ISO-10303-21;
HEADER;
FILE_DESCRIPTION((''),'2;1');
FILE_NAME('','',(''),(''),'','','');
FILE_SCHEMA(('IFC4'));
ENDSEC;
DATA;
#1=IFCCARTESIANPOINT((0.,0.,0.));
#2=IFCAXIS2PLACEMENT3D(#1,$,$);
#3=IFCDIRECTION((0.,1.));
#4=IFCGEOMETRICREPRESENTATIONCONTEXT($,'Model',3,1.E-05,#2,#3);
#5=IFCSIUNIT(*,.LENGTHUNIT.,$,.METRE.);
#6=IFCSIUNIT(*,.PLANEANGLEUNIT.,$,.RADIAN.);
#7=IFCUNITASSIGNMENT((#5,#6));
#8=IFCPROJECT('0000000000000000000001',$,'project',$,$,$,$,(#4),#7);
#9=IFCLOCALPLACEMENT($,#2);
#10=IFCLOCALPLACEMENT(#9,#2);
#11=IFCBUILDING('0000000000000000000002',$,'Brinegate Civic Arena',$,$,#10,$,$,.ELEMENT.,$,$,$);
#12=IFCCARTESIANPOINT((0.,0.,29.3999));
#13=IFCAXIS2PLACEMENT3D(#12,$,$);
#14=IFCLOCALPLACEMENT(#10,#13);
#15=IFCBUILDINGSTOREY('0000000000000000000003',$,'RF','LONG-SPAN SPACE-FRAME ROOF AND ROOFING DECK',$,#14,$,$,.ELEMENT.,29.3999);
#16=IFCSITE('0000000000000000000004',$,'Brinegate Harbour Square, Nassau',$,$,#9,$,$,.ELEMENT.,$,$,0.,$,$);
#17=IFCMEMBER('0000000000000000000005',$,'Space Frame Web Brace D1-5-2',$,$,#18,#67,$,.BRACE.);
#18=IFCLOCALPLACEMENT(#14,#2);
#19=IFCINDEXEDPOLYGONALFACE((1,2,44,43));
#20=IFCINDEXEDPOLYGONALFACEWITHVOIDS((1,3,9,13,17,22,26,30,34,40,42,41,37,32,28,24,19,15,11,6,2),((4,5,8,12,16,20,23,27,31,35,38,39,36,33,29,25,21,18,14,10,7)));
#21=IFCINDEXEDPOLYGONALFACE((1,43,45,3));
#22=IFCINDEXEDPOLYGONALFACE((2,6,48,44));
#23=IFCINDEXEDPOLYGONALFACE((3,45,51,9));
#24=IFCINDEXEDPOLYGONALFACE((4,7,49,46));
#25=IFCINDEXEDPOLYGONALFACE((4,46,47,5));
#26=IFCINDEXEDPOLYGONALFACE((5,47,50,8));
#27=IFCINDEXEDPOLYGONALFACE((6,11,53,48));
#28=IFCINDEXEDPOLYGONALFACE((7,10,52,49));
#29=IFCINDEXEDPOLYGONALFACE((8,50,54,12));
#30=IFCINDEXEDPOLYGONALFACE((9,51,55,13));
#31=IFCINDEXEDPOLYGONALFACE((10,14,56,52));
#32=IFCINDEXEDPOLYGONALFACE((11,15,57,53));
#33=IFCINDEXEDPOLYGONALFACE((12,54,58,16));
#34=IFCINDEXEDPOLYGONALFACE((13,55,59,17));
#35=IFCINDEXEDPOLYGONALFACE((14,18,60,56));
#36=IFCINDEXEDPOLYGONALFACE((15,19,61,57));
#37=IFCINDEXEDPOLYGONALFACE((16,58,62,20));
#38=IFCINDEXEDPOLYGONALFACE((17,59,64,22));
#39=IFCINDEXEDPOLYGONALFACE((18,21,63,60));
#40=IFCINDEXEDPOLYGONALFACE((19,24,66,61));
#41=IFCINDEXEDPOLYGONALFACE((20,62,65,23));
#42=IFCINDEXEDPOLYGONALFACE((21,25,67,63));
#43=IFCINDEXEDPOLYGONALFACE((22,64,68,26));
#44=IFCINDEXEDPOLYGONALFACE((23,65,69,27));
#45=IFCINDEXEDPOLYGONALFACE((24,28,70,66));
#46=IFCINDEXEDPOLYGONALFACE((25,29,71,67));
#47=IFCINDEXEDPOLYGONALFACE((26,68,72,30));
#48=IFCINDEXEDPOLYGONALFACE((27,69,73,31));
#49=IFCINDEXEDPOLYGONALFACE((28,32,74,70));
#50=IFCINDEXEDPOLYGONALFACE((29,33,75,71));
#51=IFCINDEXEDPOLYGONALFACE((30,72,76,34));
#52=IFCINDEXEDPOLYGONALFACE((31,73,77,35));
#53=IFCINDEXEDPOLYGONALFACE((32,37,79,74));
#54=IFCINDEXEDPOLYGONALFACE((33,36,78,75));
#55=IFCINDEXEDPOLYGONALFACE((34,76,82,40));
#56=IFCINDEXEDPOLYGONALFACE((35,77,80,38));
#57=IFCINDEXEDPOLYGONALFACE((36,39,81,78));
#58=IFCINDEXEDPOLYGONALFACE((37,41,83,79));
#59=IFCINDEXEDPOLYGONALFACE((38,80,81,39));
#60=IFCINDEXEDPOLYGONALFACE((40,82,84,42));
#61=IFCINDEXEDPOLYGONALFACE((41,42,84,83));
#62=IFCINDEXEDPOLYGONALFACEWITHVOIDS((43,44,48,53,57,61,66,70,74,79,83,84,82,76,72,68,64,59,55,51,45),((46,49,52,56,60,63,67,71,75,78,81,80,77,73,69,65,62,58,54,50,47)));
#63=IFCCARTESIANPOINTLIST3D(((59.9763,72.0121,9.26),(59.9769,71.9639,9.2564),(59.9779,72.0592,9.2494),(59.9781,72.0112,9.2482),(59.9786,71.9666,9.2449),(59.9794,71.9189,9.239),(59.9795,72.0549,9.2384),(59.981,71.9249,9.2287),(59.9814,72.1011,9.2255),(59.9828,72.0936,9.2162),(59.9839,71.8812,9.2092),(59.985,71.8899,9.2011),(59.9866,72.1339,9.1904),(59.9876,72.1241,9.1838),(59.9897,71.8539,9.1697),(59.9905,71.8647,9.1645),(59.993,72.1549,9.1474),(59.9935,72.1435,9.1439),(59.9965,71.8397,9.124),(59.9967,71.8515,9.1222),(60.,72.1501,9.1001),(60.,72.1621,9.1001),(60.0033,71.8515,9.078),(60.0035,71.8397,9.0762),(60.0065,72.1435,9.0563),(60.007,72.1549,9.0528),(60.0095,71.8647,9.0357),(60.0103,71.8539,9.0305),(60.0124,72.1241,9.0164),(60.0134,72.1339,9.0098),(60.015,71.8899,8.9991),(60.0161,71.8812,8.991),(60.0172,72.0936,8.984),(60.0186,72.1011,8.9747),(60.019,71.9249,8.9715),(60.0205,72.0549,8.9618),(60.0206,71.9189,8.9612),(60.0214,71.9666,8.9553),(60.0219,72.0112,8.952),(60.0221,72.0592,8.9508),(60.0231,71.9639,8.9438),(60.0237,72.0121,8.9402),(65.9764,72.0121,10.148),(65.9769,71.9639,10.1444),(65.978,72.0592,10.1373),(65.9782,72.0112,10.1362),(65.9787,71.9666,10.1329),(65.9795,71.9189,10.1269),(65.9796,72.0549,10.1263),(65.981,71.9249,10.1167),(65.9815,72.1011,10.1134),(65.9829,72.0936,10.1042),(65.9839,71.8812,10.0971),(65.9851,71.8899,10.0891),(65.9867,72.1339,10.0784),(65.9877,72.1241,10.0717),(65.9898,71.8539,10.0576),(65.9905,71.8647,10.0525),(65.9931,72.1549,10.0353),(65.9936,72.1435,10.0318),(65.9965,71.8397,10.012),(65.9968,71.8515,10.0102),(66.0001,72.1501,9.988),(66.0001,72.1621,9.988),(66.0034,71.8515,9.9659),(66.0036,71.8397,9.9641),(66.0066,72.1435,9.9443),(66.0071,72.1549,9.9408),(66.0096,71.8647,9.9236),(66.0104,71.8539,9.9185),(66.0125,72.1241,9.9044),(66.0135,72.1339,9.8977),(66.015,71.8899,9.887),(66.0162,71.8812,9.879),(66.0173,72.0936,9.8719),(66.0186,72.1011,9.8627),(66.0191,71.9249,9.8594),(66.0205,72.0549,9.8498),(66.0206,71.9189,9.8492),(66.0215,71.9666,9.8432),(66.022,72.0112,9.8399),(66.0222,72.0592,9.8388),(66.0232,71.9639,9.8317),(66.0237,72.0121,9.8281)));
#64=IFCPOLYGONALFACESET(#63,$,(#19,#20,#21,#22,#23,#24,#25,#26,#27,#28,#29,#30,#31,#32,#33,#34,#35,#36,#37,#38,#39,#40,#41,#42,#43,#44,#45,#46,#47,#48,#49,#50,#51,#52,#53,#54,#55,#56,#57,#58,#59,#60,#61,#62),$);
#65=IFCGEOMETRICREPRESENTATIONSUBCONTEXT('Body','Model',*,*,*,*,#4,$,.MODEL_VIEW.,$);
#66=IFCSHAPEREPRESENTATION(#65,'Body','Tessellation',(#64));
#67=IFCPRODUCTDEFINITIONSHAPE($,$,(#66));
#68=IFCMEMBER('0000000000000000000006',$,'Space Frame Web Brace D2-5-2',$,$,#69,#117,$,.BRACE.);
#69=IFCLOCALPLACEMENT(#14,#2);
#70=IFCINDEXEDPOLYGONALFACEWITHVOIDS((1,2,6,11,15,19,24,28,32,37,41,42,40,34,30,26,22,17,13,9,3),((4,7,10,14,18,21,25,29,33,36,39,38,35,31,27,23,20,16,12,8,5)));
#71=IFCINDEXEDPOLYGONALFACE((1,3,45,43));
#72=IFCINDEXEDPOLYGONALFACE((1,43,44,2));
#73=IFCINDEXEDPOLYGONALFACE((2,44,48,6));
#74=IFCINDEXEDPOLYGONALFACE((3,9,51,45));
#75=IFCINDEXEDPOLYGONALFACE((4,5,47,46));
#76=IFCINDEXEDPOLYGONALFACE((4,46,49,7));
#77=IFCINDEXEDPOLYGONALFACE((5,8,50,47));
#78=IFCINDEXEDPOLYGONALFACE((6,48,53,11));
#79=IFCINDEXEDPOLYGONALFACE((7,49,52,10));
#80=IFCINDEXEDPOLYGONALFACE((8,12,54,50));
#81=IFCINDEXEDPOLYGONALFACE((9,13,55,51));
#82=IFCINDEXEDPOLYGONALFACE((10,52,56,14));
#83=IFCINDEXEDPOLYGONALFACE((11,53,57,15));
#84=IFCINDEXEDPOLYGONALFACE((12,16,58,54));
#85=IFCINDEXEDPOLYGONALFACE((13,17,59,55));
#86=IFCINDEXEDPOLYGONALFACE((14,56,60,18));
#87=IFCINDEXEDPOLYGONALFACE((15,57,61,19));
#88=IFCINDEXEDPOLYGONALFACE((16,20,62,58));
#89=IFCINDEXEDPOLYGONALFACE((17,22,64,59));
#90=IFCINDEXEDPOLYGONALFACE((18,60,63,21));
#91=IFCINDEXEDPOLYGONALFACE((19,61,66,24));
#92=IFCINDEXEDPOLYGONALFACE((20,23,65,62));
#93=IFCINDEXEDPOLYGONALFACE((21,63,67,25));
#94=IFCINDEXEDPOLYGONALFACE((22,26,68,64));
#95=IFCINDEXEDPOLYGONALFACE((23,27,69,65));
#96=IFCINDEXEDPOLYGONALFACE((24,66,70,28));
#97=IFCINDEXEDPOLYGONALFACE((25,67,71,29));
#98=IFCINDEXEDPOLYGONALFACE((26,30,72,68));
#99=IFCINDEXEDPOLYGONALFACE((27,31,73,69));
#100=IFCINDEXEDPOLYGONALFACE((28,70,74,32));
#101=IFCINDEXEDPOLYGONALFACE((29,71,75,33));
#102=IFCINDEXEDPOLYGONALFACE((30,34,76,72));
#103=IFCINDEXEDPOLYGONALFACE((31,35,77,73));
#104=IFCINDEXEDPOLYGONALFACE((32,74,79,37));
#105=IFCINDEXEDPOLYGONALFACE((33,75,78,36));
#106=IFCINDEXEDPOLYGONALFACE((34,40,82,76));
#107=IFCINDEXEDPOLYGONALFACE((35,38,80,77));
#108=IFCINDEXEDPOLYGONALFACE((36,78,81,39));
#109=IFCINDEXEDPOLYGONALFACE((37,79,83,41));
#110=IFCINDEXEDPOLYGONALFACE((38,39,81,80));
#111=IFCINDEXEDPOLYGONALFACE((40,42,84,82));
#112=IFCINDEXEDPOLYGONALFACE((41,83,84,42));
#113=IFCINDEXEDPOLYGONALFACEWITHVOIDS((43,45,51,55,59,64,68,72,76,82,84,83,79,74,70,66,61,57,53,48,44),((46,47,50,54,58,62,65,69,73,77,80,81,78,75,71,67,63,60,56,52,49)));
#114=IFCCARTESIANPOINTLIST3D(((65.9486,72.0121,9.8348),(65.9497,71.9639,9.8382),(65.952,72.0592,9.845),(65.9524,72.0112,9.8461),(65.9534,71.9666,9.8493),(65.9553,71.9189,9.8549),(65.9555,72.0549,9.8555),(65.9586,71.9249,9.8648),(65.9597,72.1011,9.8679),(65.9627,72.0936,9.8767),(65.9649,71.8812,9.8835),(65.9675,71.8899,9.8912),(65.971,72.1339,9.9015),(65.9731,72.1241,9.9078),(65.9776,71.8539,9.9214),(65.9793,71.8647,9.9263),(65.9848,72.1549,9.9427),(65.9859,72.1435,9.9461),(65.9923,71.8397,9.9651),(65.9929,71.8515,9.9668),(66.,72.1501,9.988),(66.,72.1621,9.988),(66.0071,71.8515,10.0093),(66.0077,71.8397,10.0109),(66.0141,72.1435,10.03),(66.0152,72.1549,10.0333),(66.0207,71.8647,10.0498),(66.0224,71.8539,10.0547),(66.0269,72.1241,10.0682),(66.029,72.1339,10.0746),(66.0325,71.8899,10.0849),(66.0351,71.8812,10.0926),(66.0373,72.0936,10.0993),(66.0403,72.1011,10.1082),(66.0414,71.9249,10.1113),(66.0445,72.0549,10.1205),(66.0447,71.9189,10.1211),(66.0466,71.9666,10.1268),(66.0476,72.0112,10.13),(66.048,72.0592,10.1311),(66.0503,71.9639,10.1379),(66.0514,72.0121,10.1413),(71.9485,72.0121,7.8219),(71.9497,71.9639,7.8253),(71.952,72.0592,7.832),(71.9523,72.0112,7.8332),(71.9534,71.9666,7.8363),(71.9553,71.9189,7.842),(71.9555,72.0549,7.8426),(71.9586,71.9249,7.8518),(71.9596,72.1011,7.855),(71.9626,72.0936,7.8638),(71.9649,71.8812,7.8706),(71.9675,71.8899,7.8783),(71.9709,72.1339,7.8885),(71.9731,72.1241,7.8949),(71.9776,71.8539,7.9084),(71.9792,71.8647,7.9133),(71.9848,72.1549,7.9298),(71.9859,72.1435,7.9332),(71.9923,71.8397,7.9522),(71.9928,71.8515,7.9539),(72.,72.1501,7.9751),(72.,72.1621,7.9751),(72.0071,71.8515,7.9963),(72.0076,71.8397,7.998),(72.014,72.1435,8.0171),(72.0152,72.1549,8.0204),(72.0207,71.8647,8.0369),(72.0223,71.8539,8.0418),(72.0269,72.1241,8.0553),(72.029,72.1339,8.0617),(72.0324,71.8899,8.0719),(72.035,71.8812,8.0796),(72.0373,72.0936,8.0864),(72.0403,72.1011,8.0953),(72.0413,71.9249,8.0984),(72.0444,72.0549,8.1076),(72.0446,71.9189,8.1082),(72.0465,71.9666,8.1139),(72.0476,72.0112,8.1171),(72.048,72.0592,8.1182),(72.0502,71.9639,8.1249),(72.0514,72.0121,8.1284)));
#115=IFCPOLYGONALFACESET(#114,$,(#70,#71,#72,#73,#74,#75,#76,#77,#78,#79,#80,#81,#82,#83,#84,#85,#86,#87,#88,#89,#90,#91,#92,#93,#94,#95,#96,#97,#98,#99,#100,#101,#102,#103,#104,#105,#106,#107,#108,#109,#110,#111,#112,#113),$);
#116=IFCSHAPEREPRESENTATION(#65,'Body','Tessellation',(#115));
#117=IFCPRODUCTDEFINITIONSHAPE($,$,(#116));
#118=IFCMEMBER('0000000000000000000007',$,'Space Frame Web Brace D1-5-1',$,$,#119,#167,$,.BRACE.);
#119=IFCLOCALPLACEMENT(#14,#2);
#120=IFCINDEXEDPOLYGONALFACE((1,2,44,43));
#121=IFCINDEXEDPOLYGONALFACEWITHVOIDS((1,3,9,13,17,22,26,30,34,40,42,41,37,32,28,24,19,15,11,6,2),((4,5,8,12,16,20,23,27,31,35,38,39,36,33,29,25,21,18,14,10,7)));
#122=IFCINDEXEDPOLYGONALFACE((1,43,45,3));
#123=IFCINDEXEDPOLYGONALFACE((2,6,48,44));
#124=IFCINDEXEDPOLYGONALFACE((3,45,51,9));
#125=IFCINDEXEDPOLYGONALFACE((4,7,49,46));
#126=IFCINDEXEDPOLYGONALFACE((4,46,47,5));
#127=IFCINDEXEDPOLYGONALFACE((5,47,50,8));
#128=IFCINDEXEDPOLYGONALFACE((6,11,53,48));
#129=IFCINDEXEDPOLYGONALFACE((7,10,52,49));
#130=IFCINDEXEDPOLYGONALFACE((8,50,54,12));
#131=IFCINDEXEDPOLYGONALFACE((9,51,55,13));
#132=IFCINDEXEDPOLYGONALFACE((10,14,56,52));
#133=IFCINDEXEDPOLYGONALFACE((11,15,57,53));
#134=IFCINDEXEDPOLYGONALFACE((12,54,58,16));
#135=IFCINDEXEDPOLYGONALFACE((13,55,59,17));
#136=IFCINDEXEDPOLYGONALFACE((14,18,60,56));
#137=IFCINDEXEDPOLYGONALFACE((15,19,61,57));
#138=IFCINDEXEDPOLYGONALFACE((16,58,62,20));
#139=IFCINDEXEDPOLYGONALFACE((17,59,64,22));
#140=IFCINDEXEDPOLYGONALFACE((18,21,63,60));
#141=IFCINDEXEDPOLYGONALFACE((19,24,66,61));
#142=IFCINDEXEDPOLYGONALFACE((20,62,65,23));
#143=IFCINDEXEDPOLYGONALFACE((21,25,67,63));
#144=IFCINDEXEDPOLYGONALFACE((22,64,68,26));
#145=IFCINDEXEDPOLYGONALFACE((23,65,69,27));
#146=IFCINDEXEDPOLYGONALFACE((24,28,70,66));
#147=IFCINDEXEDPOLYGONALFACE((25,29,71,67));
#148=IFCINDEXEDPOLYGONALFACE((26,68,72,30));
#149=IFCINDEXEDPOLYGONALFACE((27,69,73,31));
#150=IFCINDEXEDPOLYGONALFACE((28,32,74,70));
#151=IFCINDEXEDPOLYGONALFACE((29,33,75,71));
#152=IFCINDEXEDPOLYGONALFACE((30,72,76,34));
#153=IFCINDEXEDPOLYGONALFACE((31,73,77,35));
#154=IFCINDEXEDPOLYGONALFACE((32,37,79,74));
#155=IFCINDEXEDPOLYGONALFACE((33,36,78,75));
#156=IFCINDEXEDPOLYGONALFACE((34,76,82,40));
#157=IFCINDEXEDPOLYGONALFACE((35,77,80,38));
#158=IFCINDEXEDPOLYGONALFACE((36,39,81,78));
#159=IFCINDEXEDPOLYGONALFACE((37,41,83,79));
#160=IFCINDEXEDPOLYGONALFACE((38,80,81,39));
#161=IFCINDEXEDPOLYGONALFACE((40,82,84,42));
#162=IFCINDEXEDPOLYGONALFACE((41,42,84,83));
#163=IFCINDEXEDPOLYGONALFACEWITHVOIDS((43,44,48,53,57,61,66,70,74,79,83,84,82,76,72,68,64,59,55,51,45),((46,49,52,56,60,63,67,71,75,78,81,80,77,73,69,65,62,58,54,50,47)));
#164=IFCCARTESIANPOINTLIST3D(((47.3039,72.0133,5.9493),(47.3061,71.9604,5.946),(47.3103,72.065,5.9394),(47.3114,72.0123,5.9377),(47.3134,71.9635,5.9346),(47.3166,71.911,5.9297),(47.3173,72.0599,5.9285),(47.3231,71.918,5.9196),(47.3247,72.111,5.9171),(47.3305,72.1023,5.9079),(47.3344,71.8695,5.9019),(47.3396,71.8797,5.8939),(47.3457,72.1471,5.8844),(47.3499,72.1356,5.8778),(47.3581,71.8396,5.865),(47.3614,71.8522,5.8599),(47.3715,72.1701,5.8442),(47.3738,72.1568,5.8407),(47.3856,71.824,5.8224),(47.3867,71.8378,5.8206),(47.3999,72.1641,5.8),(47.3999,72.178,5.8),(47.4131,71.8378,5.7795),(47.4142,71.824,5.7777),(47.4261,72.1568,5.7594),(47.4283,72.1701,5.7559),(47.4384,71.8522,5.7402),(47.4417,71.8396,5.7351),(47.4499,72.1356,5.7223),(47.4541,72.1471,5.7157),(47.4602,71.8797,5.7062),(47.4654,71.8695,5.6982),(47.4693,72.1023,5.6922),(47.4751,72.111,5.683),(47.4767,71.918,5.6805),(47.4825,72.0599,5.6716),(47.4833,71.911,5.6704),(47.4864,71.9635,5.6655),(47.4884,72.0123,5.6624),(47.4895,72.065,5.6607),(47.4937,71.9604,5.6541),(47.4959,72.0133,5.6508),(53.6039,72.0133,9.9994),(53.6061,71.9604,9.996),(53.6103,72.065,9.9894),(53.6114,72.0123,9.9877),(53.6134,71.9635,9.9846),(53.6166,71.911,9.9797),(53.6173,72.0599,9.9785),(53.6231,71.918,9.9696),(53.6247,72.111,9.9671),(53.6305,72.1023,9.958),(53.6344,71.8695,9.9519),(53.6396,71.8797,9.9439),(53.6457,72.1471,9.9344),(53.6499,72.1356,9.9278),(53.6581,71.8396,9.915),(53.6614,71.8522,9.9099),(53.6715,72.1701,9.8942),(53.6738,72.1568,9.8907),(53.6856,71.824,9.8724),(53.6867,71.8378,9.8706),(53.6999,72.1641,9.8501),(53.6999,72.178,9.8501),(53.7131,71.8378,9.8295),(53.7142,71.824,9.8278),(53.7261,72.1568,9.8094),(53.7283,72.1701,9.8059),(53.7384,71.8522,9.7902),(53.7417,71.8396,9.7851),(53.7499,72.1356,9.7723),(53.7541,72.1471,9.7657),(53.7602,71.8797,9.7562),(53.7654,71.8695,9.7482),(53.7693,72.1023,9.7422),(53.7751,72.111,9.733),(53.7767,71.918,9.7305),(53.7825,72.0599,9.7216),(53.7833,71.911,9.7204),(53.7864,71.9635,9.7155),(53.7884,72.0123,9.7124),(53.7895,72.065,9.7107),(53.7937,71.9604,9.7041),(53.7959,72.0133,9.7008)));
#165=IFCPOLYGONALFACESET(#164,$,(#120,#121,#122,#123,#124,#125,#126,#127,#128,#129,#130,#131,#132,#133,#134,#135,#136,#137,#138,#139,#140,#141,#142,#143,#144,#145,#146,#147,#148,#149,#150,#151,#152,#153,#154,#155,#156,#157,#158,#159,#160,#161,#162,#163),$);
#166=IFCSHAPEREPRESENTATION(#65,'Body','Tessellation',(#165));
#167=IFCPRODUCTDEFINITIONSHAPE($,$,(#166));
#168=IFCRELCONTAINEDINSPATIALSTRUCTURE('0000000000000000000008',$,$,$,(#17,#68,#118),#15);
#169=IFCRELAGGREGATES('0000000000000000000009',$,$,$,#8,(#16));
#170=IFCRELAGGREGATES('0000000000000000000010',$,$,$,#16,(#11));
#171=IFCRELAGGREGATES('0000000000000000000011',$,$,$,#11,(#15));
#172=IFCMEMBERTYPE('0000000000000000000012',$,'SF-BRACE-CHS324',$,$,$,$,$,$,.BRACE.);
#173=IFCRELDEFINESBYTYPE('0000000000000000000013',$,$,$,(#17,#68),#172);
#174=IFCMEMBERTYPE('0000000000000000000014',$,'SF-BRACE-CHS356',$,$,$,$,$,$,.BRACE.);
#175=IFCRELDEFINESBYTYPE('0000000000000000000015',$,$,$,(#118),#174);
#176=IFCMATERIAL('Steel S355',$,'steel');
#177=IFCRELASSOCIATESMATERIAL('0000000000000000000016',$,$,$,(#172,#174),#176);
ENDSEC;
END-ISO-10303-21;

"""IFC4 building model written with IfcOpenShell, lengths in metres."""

from ifc_helpers import new_model, si_unit, direction, frame, origin, origin_2d, place, context, subcontext, project, spatial, hollow_circle, extrude, material, material_profile, profile_set, type_object, element, save


model = new_model("IFC4")

# Units and contexts
model_context = context("Model", 3, precision=1e-05, world=origin(), true_north=direction((0.0, 1.0)))
body_context = subcontext(model_context, "Body", "Model", "MODEL_VIEW")
ifc_project = project(units=[si_unit("LENGTHUNIT", "METRE"), si_unit("PLANEANGLEUNIT", "RADIAN")], contexts=[model_context])

# Site, building, storey
site_placement = place(None, origin())
site = spatial("IfcSite", under=ifc_project, at=site_placement, Name="Brinegate Harbour Square, Nassau", CompositionType="ELEMENT", RefElevation=0.0)
building_placement = place(site_placement, origin())
building = spatial("IfcBuilding", under=site, at=building_placement, Name="Brinegate Civic Arena", CompositionType="ELEMENT")
storey_placement = place(building_placement, frame((0.0, 0.0, 29.3999)))
storey = spatial("IfcBuildingStorey", under=building, at=storey_placement, Name="RF", Description="LONG-SPAN SPACE-FRAME ROOF AND ROOFING DECK", CompositionType="ELEMENT", Elevation=29.3999)

# Shared definitions
ifc_material_1 = material(Name="Steel S355", Category="steel")

# Members
ifc_material_profile_1 = material_profile(ifc_material_1, hollow_circle(Radius=0.1621, WallThickness=0.012, at=origin_2d()), Name="CHS324X12")
ifc_profile_set_1 = profile_set([ifc_material_profile_1], Name="Steel S355")
member_type_1 = type_object("IfcMemberType", Name="SF-BRACE-CHS324", PredefinedType="BRACE", material=ifc_profile_set_1)
member_1_placement = place(storey_placement, frame((60.0, 72.0, 9.1001), z_axis=(0.989226, 0.0, 0.146395), x_axis=(0.0, 1.0, 0.0)))
element("IfcMember", 1, at=member_1_placement, inside=storey, type_object=member_type_1, Name="Space Frame Web Brace D1-5-2", PredefinedType="BRACE", context=body_context, shape_type="SweptSolid", body=[
    extrude(hollow_circle(Radius=0.1621, WallThickness=0.012, at=origin_2d()), origin(), (0.0, 0.0, 1.0), 6.0654),
])
member_2_placement = place(storey_placement, frame((66.0, 72.0, 9.988), z_axis=(0.948068, 0.0, -0.318067), x_axis=(0.0, 1.0, 0.0)))
element("IfcMember", 2, at=member_2_placement, inside=storey, type_object=member_type_1, Name="Space Frame Web Brace D2-5-2", PredefinedType="BRACE", context=body_context, shape_type="SweptSolid", body=[
    extrude(hollow_circle(Radius=0.1621, WallThickness=0.012, at=origin_2d()), origin(), (0.0, 0.0, 1.0), 6.3286),
])
ifc_material_profile_2 = material_profile(ifc_material_1, hollow_circle(Radius=0.178, WallThickness=0.0139, at=origin_2d()), Name="CHS356X14")
ifc_profile_set_2 = profile_set([ifc_material_profile_2], Name="Steel S355")
member_type_2 = type_object("IfcMemberType", Name="SF-BRACE-CHS356", PredefinedType="BRACE", material=ifc_profile_set_2)
member_3_placement = place(storey_placement, frame((47.3999, 72.0, 5.8), z_axis=(0.841177, 0.0, 0.540759), x_axis=(0.0, 1.0, 0.0)))
element("IfcMember", 3, at=member_3_placement, inside=storey, type_object=member_type_2, Name="Space Frame Web Brace D1-5-1", PredefinedType="BRACE", context=body_context, shape_type="SweptSolid", body=[
    extrude(hollow_circle(Radius=0.178, WallThickness=0.0139, at=origin_2d()), origin(), (0.0, 0.0, 1.0), 7.4895),
])

save(model, "model.ifc")
